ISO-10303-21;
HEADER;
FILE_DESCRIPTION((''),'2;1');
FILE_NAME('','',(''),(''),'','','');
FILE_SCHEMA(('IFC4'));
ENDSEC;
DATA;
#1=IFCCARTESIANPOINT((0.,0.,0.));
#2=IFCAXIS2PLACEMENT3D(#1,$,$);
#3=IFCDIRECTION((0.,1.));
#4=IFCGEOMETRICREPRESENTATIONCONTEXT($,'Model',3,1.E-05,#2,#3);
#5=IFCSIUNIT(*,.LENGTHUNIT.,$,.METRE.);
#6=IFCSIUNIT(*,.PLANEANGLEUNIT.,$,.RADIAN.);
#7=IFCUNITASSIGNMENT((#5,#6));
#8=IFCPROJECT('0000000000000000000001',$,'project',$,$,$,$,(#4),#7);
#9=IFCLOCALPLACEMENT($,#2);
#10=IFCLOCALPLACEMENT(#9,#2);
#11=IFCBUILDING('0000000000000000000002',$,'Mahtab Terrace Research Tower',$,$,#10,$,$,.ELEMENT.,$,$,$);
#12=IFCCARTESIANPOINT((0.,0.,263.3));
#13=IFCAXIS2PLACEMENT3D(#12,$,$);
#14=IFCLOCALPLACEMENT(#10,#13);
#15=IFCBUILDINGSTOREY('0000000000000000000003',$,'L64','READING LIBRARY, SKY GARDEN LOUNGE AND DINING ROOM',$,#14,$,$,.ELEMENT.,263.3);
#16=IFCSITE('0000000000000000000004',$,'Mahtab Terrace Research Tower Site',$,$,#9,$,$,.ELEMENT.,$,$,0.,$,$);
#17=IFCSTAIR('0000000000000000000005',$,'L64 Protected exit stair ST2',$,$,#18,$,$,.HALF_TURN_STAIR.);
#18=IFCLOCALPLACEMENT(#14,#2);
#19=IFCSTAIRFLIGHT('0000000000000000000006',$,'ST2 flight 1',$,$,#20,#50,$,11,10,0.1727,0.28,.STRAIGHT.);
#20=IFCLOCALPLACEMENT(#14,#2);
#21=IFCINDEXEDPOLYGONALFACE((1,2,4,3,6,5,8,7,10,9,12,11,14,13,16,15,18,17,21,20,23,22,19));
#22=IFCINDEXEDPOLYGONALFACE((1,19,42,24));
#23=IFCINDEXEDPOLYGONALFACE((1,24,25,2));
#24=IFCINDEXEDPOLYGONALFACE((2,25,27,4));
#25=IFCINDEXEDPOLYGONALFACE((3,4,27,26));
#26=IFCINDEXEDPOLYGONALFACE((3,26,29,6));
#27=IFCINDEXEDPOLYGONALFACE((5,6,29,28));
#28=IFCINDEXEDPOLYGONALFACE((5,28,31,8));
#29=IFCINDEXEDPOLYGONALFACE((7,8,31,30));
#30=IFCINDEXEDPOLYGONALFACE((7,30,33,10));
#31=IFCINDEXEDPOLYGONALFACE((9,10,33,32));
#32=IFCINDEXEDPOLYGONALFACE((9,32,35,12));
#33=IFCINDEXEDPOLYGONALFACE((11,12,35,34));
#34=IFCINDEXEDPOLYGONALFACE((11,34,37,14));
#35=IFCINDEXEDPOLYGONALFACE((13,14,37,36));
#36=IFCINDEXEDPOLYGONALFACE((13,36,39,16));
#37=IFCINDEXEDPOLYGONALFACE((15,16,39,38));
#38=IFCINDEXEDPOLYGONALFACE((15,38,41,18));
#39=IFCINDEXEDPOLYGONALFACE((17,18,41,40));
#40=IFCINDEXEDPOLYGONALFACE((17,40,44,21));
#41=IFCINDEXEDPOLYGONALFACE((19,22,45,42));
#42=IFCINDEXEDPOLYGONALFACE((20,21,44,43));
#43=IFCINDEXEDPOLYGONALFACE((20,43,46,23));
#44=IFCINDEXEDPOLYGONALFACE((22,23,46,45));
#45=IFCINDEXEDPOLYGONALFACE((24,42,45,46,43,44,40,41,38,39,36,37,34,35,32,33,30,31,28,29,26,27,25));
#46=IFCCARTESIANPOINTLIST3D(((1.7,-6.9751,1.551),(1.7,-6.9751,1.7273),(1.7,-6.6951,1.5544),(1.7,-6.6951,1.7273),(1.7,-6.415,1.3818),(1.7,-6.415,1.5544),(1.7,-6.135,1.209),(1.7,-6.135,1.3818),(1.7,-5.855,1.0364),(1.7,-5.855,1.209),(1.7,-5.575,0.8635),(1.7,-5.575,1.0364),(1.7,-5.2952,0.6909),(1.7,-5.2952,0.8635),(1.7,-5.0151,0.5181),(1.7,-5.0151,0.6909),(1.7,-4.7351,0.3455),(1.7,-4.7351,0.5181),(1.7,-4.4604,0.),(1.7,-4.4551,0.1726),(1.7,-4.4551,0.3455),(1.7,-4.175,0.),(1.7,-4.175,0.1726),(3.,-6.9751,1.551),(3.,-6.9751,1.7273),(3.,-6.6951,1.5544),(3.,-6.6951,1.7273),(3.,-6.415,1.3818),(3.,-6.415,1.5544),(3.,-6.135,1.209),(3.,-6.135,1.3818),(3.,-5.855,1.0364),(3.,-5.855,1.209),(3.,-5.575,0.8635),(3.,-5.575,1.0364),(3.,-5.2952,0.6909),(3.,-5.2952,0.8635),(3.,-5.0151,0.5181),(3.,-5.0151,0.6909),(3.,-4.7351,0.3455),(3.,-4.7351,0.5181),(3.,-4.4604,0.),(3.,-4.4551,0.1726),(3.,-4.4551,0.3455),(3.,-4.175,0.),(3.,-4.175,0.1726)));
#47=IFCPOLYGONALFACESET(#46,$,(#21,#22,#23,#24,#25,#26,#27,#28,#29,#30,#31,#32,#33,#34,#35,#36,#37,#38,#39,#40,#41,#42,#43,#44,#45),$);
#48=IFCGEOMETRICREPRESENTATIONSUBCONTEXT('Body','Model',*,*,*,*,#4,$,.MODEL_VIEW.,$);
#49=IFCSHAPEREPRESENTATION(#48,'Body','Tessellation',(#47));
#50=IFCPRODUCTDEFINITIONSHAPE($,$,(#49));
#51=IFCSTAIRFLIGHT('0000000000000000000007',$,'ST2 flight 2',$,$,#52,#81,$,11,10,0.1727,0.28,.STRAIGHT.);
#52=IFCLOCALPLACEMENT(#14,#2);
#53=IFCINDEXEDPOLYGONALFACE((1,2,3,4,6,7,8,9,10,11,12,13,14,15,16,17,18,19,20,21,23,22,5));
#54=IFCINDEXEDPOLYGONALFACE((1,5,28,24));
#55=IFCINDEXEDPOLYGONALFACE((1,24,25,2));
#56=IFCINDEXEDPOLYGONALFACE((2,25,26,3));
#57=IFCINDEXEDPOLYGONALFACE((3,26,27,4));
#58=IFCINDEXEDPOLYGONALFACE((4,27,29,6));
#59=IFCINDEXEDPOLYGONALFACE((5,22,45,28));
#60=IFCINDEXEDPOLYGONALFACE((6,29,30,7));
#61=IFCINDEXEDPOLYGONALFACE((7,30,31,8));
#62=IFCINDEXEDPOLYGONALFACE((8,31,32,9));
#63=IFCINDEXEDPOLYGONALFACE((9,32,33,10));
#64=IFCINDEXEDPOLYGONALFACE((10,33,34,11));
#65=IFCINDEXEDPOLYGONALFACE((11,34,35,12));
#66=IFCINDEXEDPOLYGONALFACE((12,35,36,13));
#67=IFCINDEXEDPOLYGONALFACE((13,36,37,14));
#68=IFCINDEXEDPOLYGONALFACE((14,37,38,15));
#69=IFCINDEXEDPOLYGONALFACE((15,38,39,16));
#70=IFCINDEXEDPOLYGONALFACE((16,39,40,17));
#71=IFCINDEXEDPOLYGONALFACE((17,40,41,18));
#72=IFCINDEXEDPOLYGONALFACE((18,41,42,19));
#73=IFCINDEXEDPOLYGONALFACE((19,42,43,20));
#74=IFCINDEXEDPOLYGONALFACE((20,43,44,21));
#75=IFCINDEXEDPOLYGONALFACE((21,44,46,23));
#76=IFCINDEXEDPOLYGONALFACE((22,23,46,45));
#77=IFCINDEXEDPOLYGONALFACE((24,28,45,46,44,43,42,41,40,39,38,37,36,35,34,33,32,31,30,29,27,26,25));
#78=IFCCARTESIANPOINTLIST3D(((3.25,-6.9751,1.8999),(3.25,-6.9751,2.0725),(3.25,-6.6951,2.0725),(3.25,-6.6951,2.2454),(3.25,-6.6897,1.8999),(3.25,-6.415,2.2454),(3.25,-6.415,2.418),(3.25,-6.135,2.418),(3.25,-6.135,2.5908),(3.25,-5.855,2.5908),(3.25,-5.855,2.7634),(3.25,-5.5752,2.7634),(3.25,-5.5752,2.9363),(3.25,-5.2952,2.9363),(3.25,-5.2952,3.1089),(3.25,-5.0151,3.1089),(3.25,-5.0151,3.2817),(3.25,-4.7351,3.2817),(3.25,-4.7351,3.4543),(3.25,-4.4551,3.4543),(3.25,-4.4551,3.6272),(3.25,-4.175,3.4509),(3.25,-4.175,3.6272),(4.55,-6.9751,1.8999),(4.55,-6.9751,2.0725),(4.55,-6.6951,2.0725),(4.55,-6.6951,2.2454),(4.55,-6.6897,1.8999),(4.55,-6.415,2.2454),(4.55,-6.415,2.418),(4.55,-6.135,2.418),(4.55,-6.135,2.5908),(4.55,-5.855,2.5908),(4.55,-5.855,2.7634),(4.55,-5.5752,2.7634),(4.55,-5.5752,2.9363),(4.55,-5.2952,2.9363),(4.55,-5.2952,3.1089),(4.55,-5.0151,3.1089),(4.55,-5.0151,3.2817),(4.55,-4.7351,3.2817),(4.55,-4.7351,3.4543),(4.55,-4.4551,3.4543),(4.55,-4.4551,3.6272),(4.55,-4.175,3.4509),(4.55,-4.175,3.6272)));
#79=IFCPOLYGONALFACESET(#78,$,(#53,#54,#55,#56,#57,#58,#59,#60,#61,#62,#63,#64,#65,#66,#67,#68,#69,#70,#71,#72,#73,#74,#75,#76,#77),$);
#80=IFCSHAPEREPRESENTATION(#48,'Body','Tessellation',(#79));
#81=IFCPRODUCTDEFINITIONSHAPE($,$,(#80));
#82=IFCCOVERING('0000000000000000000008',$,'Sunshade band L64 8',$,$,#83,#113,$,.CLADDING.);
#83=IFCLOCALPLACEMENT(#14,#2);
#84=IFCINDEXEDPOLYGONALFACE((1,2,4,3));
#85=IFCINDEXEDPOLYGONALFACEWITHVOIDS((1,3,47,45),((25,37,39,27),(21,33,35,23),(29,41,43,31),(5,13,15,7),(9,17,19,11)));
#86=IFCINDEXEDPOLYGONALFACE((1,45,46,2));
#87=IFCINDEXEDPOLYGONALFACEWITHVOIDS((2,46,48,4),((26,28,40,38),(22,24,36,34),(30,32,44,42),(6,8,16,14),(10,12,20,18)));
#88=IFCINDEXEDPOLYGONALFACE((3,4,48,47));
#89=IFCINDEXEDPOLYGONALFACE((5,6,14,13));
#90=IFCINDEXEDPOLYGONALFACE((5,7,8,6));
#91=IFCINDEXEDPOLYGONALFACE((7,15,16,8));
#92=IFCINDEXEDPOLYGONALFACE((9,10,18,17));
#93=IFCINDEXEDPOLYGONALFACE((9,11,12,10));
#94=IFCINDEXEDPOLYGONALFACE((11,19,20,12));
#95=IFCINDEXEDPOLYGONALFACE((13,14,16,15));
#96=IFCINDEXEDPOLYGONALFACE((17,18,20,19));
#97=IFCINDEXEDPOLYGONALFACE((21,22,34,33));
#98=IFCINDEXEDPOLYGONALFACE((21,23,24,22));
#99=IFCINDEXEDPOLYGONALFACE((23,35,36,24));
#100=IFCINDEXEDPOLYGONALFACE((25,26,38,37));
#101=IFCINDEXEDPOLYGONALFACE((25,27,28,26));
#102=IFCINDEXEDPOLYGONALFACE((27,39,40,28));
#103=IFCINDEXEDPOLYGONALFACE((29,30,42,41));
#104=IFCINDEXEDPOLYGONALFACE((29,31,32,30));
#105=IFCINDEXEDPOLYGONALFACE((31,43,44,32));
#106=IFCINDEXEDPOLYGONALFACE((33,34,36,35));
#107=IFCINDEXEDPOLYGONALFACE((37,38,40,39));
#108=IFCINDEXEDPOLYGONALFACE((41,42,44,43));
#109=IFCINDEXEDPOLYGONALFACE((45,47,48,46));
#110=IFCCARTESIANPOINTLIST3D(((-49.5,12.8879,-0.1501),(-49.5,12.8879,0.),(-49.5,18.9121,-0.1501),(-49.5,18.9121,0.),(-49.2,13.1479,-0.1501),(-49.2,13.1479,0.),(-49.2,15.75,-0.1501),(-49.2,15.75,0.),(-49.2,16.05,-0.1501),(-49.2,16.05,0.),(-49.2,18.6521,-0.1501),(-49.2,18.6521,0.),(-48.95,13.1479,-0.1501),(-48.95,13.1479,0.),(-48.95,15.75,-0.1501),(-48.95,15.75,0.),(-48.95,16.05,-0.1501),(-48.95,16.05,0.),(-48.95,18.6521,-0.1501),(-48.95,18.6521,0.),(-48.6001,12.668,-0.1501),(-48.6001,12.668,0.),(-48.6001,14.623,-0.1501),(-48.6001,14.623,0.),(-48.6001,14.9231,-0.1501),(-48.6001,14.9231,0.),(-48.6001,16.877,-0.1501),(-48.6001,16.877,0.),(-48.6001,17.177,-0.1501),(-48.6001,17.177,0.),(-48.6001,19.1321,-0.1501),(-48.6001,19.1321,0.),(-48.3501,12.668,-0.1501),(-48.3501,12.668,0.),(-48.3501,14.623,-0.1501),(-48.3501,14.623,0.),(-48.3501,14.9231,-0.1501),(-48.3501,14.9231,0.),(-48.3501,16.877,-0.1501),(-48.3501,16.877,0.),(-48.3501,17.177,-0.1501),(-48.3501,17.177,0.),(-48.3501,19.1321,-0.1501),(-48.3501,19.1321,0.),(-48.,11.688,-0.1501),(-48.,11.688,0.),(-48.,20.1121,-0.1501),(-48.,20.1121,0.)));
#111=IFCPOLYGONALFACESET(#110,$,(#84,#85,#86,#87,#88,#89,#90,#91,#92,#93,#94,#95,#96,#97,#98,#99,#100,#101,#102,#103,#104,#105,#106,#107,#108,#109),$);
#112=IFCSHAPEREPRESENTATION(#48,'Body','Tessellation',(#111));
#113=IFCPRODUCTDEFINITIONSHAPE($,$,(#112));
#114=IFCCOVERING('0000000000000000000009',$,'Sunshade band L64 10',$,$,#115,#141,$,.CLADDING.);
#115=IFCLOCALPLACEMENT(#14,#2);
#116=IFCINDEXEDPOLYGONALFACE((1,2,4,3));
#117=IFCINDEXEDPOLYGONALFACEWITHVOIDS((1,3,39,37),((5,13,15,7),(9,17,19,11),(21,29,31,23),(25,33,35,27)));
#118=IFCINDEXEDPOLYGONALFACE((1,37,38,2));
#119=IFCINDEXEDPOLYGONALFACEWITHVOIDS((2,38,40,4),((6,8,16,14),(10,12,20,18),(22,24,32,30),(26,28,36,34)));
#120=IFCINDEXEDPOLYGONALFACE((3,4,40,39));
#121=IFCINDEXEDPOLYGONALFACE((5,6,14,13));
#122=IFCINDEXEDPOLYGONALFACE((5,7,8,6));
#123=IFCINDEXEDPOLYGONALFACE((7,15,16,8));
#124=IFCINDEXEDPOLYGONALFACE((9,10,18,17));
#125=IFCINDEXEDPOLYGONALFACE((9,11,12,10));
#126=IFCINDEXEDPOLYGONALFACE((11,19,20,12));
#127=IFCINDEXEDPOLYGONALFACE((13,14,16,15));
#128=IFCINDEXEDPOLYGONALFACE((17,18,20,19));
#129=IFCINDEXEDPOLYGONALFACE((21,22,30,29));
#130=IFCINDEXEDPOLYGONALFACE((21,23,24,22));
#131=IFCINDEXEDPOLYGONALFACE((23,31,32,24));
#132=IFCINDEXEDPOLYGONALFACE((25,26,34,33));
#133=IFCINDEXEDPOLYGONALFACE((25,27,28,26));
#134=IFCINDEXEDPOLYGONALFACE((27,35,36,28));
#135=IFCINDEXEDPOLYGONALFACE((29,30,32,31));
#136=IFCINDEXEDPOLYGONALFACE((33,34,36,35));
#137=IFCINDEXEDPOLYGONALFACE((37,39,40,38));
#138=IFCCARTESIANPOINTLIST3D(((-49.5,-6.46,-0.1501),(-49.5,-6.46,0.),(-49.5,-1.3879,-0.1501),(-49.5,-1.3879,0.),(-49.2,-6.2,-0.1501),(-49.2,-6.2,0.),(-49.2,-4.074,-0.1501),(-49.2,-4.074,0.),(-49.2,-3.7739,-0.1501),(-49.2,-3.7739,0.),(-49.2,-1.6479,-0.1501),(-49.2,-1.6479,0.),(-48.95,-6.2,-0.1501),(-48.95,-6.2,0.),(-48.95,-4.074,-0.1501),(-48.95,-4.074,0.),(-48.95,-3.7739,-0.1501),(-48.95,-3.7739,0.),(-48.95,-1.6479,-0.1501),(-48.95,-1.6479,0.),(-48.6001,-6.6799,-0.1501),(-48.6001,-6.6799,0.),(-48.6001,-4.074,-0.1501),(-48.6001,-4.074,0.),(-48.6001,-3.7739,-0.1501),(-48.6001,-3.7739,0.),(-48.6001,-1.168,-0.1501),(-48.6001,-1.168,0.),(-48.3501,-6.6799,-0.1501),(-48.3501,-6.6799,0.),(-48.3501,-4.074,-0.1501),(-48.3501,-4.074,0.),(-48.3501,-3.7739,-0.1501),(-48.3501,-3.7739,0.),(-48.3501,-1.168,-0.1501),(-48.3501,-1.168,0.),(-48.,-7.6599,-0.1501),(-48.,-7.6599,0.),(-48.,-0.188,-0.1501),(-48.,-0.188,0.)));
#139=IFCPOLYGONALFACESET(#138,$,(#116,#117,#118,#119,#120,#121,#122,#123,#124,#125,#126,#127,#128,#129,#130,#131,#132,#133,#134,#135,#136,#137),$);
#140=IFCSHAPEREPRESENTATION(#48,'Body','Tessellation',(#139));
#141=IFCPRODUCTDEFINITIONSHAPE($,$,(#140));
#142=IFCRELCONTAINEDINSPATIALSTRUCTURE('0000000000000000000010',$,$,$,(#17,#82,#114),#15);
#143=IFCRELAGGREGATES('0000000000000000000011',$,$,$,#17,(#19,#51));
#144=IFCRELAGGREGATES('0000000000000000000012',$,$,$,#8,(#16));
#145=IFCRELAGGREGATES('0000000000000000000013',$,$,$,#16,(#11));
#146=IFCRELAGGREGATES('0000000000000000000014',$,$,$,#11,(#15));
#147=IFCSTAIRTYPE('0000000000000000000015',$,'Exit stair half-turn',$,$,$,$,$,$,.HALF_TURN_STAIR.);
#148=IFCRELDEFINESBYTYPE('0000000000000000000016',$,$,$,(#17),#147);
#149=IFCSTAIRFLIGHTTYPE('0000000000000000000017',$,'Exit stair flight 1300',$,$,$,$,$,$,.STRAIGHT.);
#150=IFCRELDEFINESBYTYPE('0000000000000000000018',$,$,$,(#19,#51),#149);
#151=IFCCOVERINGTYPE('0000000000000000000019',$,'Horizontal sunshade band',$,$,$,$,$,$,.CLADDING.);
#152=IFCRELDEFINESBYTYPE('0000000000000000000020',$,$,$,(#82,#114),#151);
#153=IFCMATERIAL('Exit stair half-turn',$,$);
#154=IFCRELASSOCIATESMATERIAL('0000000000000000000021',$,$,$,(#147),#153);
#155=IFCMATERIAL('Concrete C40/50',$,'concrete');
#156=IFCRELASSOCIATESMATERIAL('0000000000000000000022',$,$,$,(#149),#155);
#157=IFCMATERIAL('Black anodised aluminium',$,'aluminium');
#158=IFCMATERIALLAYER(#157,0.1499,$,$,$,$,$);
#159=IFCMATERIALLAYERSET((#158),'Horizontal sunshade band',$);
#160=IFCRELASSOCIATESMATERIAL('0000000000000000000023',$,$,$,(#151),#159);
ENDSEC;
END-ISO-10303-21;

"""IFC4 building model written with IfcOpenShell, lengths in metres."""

from ifc_helpers import new_model, si_unit, direction, frame, origin, place, context, subcontext, project, spatial, polyline, outline, extrude, material, layer, layer_set, type_object, element, aggregate, save


model = new_model("IFC4")

# Units and contexts
model_context = context("Model", 3, precision=1e-05, world=origin(), true_north=direction((0.0, 1.0)))
body_context = subcontext(model_context, "Body", "Model", "MODEL_VIEW")
ifc_project = project(units=[si_unit("LENGTHUNIT", "METRE"), si_unit("PLANEANGLEUNIT", "RADIAN")], contexts=[model_context])

# Site, building, storey
site_placement = place(None, origin())
site = spatial("IfcSite", under=ifc_project, at=site_placement, Name="Mahtab Terrace Research Tower Site", CompositionType="ELEMENT", RefElevation=0.0)
building_placement = place(site_placement, origin())
building = spatial("IfcBuilding", under=site, at=building_placement, Name="Mahtab Terrace Research Tower", CompositionType="ELEMENT")
storey_placement = place(building_placement, frame((0.0, 0.0, 263.3)))
storey = spatial("IfcBuildingStorey", under=building, at=storey_placement, Name="L64", Description="READING LIBRARY, SKY GARDEN LOUNGE AND DINING ROOM", CompositionType="ELEMENT", Elevation=263.3)

# Stair
ifc_material_1 = material(Name="Exit stair half-turn")
stair_type = type_object("IfcStairType", Name="Exit stair half-turn", PredefinedType="HALF_TURN_STAIR", material=ifc_material_1)
ifc_material_2 = material(Name="Concrete C40/50", Category="concrete")
stair_1_placement = place(storey_placement, origin())
stair_1 = element("IfcStair", 1, at=stair_1_placement, inside=storey, type_object=stair_type, Name="L64 Protected exit stair ST2", PredefinedType="HALF_TURN_STAIR")

# Stair flights
stair_flight_type = type_object("IfcStairFlightType", Name="Exit stair flight 1300", PredefinedType="STRAIGHT", material=ifc_material_2)
stair_flight_1_placement = place(storey_placement, frame((2.3501, -4.175, 0.0), z_axis=(0.0, 0.0, 1.0), x_axis=(0.0, -1.0, 0.0)))
stair_flight_1 = element("IfcStairFlight", 2, at=stair_flight_1_placement, type_object=stair_flight_type, Name="ST2 flight 1", NumberOfRisers=11, NumberOfTreads=10, PredefinedType="STRAIGHT", RiserHeight=0.1727, TreadLength=0.28, context=body_context, shape_type="SweptSolid", body=[
    extrude(outline(polyline([(0.0, 0.0), (0.0, 0.1726), (0.28, 0.1726), (0.28, 0.3455), (0.5601, 0.3455), (0.5601, 0.5181), (0.8401, 0.5181), (0.8401, 0.6909), (1.1201, 0.6909), (1.1201, 0.8635), (1.3999, 0.8635), (1.3999, 1.0364), (1.6799, 1.0364), (1.6799, 1.209), (1.96, 1.209), (1.96, 1.3818), (2.24, 1.3818), (2.24, 1.5544), (2.52, 1.5544), (2.52, 1.7273), (2.8, 1.7273), (2.8, 1.8999), (2.8, 1.551), (0.2854, 0.0), (0.0, 0.0)])), frame((0.0, 0.6499, 0.0), z_axis=(0.0, -1.0, 0.0), x_axis=(1.0, 0.0, 0.0)), (0.0, 0.0, 1.0), 1.3),
])
stair_flight_2_placement = place(storey_placement, frame((3.8999, -6.9751, 1.8999), z_axis=(0.0, 0.0, 1.0), x_axis=(0.0, 1.0, 0.0)))
stair_flight_2 = element("IfcStairFlight", 3, at=stair_flight_2_placement, type_object=stair_flight_type, Name="ST2 flight 2", NumberOfRisers=11, NumberOfTreads=10, PredefinedType="STRAIGHT", RiserHeight=0.1727, TreadLength=0.28, context=body_context, shape_type="SweptSolid", body=[
    extrude(outline(polyline([(0.0, 0.0), (0.0, 0.1726), (0.28, 0.1726), (0.28, 0.3455), (0.5601, 0.3455), (0.5601, 0.5181), (0.8401, 0.5181), (0.8401, 0.6909), (1.1201, 0.6909), (1.1201, 0.8635), (1.3999, 0.8635), (1.3999, 1.0364), (1.6799, 1.0364), (1.6799, 1.209), (1.96, 1.209), (1.96, 1.3818), (2.24, 1.3818), (2.24, 1.5544), (2.52, 1.5544), (2.52, 1.7273), (2.8, 1.7273), (2.8, 1.8999), (2.8, 1.551), (0.2854, 0.0), (0.0, 0.0)])), frame((0.0, 0.6499, 0.0), z_axis=(0.0, -1.0, 0.0), x_axis=(1.0, 0.0, 0.0)), (0.0, 0.0, 1.0), 1.3),
])
aggregate(stair_1, [stair_flight_1, stair_flight_2])

# Coverings
ifc_material_3 = material(Name="Black anodised aluminium", Category="aluminium")
ifc_layer_1 = layer(ifc_material_3, 0.1499)
ifc_layer_set_1 = layer_set([ifc_layer_1], Name="Horizontal sunshade band")
covering_type_1 = type_object("IfcCoveringType", Name="Horizontal sunshade band", PredefinedType="CLADDING", material=ifc_layer_set_1)
covering_1_placement = place(storey_placement, frame((0.0, 0.0, -0.1501)))
element("IfcCovering", 4, at=covering_1_placement, inside=storey, type_object=covering_type_1, Name="Sunshade band L64 8", PredefinedType="CLADDING", context=body_context, shape_type="SweptSolid", body=[
    extrude(outline(polyline([(-48.0, 20.1121), (-48.0, 11.688), (-49.5, 12.8879), (-49.5, 18.9121), (-48.0, 20.1121)]), holes=[polyline([(-48.3501, 19.1321), (-48.3501, 17.177), (-48.6001, 17.177), (-48.6001, 19.1321), (-48.3501, 19.1321)]), polyline([(-48.3501, 16.877), (-48.3501, 14.9231), (-48.6001, 14.9231), (-48.6001, 16.877), (-48.3501, 16.877)]), polyline([(-48.3501, 14.623), (-48.3501, 12.668), (-48.6001, 12.668), (-48.6001, 14.623), (-48.3501, 14.623)]), polyline([(-48.95, 18.6521), (-48.95, 16.05), (-49.2, 16.05), (-49.2, 18.6521), (-48.95, 18.6521)]), polyline([(-48.95, 15.75), (-48.95, 13.1479), (-49.2, 13.1479), (-49.2, 15.75), (-48.95, 15.75)])]), origin(), (0.0, 0.0, 1.0), 0.1501),
])
covering_2_placement = place(storey_placement, frame((0.0, 0.0, -0.1501)))
element("IfcCovering", 5, at=covering_2_placement, inside=storey, type_object=covering_type_1, Name="Sunshade band L64 10", PredefinedType="CLADDING", context=body_context, shape_type="SweptSolid", body=[
    extrude(outline(polyline([(-48.0, -0.188), (-48.0, -7.6599), (-49.5, -6.46), (-49.5, -1.3879), (-48.0, -0.188)]), holes=[polyline([(-48.3501, -1.168), (-48.3501, -3.7739), (-48.6001, -3.7739), (-48.6001, -1.168), (-48.3501, -1.168)]), polyline([(-48.3501, -4.074), (-48.3501, -6.6799), (-48.6001, -6.6799), (-48.6001, -4.074), (-48.3501, -4.074)]), polyline([(-48.95, -1.6479), (-48.95, -3.7739), (-49.2, -3.7739), (-49.2, -1.6479), (-48.95, -1.6479)]), polyline([(-48.95, -4.074), (-48.95, -6.2), (-49.2, -6.2), (-49.2, -4.074), (-48.95, -4.074)])]), origin(), (0.0, 0.0, 1.0), 0.1501),
])

save(model, "model.ifc")
